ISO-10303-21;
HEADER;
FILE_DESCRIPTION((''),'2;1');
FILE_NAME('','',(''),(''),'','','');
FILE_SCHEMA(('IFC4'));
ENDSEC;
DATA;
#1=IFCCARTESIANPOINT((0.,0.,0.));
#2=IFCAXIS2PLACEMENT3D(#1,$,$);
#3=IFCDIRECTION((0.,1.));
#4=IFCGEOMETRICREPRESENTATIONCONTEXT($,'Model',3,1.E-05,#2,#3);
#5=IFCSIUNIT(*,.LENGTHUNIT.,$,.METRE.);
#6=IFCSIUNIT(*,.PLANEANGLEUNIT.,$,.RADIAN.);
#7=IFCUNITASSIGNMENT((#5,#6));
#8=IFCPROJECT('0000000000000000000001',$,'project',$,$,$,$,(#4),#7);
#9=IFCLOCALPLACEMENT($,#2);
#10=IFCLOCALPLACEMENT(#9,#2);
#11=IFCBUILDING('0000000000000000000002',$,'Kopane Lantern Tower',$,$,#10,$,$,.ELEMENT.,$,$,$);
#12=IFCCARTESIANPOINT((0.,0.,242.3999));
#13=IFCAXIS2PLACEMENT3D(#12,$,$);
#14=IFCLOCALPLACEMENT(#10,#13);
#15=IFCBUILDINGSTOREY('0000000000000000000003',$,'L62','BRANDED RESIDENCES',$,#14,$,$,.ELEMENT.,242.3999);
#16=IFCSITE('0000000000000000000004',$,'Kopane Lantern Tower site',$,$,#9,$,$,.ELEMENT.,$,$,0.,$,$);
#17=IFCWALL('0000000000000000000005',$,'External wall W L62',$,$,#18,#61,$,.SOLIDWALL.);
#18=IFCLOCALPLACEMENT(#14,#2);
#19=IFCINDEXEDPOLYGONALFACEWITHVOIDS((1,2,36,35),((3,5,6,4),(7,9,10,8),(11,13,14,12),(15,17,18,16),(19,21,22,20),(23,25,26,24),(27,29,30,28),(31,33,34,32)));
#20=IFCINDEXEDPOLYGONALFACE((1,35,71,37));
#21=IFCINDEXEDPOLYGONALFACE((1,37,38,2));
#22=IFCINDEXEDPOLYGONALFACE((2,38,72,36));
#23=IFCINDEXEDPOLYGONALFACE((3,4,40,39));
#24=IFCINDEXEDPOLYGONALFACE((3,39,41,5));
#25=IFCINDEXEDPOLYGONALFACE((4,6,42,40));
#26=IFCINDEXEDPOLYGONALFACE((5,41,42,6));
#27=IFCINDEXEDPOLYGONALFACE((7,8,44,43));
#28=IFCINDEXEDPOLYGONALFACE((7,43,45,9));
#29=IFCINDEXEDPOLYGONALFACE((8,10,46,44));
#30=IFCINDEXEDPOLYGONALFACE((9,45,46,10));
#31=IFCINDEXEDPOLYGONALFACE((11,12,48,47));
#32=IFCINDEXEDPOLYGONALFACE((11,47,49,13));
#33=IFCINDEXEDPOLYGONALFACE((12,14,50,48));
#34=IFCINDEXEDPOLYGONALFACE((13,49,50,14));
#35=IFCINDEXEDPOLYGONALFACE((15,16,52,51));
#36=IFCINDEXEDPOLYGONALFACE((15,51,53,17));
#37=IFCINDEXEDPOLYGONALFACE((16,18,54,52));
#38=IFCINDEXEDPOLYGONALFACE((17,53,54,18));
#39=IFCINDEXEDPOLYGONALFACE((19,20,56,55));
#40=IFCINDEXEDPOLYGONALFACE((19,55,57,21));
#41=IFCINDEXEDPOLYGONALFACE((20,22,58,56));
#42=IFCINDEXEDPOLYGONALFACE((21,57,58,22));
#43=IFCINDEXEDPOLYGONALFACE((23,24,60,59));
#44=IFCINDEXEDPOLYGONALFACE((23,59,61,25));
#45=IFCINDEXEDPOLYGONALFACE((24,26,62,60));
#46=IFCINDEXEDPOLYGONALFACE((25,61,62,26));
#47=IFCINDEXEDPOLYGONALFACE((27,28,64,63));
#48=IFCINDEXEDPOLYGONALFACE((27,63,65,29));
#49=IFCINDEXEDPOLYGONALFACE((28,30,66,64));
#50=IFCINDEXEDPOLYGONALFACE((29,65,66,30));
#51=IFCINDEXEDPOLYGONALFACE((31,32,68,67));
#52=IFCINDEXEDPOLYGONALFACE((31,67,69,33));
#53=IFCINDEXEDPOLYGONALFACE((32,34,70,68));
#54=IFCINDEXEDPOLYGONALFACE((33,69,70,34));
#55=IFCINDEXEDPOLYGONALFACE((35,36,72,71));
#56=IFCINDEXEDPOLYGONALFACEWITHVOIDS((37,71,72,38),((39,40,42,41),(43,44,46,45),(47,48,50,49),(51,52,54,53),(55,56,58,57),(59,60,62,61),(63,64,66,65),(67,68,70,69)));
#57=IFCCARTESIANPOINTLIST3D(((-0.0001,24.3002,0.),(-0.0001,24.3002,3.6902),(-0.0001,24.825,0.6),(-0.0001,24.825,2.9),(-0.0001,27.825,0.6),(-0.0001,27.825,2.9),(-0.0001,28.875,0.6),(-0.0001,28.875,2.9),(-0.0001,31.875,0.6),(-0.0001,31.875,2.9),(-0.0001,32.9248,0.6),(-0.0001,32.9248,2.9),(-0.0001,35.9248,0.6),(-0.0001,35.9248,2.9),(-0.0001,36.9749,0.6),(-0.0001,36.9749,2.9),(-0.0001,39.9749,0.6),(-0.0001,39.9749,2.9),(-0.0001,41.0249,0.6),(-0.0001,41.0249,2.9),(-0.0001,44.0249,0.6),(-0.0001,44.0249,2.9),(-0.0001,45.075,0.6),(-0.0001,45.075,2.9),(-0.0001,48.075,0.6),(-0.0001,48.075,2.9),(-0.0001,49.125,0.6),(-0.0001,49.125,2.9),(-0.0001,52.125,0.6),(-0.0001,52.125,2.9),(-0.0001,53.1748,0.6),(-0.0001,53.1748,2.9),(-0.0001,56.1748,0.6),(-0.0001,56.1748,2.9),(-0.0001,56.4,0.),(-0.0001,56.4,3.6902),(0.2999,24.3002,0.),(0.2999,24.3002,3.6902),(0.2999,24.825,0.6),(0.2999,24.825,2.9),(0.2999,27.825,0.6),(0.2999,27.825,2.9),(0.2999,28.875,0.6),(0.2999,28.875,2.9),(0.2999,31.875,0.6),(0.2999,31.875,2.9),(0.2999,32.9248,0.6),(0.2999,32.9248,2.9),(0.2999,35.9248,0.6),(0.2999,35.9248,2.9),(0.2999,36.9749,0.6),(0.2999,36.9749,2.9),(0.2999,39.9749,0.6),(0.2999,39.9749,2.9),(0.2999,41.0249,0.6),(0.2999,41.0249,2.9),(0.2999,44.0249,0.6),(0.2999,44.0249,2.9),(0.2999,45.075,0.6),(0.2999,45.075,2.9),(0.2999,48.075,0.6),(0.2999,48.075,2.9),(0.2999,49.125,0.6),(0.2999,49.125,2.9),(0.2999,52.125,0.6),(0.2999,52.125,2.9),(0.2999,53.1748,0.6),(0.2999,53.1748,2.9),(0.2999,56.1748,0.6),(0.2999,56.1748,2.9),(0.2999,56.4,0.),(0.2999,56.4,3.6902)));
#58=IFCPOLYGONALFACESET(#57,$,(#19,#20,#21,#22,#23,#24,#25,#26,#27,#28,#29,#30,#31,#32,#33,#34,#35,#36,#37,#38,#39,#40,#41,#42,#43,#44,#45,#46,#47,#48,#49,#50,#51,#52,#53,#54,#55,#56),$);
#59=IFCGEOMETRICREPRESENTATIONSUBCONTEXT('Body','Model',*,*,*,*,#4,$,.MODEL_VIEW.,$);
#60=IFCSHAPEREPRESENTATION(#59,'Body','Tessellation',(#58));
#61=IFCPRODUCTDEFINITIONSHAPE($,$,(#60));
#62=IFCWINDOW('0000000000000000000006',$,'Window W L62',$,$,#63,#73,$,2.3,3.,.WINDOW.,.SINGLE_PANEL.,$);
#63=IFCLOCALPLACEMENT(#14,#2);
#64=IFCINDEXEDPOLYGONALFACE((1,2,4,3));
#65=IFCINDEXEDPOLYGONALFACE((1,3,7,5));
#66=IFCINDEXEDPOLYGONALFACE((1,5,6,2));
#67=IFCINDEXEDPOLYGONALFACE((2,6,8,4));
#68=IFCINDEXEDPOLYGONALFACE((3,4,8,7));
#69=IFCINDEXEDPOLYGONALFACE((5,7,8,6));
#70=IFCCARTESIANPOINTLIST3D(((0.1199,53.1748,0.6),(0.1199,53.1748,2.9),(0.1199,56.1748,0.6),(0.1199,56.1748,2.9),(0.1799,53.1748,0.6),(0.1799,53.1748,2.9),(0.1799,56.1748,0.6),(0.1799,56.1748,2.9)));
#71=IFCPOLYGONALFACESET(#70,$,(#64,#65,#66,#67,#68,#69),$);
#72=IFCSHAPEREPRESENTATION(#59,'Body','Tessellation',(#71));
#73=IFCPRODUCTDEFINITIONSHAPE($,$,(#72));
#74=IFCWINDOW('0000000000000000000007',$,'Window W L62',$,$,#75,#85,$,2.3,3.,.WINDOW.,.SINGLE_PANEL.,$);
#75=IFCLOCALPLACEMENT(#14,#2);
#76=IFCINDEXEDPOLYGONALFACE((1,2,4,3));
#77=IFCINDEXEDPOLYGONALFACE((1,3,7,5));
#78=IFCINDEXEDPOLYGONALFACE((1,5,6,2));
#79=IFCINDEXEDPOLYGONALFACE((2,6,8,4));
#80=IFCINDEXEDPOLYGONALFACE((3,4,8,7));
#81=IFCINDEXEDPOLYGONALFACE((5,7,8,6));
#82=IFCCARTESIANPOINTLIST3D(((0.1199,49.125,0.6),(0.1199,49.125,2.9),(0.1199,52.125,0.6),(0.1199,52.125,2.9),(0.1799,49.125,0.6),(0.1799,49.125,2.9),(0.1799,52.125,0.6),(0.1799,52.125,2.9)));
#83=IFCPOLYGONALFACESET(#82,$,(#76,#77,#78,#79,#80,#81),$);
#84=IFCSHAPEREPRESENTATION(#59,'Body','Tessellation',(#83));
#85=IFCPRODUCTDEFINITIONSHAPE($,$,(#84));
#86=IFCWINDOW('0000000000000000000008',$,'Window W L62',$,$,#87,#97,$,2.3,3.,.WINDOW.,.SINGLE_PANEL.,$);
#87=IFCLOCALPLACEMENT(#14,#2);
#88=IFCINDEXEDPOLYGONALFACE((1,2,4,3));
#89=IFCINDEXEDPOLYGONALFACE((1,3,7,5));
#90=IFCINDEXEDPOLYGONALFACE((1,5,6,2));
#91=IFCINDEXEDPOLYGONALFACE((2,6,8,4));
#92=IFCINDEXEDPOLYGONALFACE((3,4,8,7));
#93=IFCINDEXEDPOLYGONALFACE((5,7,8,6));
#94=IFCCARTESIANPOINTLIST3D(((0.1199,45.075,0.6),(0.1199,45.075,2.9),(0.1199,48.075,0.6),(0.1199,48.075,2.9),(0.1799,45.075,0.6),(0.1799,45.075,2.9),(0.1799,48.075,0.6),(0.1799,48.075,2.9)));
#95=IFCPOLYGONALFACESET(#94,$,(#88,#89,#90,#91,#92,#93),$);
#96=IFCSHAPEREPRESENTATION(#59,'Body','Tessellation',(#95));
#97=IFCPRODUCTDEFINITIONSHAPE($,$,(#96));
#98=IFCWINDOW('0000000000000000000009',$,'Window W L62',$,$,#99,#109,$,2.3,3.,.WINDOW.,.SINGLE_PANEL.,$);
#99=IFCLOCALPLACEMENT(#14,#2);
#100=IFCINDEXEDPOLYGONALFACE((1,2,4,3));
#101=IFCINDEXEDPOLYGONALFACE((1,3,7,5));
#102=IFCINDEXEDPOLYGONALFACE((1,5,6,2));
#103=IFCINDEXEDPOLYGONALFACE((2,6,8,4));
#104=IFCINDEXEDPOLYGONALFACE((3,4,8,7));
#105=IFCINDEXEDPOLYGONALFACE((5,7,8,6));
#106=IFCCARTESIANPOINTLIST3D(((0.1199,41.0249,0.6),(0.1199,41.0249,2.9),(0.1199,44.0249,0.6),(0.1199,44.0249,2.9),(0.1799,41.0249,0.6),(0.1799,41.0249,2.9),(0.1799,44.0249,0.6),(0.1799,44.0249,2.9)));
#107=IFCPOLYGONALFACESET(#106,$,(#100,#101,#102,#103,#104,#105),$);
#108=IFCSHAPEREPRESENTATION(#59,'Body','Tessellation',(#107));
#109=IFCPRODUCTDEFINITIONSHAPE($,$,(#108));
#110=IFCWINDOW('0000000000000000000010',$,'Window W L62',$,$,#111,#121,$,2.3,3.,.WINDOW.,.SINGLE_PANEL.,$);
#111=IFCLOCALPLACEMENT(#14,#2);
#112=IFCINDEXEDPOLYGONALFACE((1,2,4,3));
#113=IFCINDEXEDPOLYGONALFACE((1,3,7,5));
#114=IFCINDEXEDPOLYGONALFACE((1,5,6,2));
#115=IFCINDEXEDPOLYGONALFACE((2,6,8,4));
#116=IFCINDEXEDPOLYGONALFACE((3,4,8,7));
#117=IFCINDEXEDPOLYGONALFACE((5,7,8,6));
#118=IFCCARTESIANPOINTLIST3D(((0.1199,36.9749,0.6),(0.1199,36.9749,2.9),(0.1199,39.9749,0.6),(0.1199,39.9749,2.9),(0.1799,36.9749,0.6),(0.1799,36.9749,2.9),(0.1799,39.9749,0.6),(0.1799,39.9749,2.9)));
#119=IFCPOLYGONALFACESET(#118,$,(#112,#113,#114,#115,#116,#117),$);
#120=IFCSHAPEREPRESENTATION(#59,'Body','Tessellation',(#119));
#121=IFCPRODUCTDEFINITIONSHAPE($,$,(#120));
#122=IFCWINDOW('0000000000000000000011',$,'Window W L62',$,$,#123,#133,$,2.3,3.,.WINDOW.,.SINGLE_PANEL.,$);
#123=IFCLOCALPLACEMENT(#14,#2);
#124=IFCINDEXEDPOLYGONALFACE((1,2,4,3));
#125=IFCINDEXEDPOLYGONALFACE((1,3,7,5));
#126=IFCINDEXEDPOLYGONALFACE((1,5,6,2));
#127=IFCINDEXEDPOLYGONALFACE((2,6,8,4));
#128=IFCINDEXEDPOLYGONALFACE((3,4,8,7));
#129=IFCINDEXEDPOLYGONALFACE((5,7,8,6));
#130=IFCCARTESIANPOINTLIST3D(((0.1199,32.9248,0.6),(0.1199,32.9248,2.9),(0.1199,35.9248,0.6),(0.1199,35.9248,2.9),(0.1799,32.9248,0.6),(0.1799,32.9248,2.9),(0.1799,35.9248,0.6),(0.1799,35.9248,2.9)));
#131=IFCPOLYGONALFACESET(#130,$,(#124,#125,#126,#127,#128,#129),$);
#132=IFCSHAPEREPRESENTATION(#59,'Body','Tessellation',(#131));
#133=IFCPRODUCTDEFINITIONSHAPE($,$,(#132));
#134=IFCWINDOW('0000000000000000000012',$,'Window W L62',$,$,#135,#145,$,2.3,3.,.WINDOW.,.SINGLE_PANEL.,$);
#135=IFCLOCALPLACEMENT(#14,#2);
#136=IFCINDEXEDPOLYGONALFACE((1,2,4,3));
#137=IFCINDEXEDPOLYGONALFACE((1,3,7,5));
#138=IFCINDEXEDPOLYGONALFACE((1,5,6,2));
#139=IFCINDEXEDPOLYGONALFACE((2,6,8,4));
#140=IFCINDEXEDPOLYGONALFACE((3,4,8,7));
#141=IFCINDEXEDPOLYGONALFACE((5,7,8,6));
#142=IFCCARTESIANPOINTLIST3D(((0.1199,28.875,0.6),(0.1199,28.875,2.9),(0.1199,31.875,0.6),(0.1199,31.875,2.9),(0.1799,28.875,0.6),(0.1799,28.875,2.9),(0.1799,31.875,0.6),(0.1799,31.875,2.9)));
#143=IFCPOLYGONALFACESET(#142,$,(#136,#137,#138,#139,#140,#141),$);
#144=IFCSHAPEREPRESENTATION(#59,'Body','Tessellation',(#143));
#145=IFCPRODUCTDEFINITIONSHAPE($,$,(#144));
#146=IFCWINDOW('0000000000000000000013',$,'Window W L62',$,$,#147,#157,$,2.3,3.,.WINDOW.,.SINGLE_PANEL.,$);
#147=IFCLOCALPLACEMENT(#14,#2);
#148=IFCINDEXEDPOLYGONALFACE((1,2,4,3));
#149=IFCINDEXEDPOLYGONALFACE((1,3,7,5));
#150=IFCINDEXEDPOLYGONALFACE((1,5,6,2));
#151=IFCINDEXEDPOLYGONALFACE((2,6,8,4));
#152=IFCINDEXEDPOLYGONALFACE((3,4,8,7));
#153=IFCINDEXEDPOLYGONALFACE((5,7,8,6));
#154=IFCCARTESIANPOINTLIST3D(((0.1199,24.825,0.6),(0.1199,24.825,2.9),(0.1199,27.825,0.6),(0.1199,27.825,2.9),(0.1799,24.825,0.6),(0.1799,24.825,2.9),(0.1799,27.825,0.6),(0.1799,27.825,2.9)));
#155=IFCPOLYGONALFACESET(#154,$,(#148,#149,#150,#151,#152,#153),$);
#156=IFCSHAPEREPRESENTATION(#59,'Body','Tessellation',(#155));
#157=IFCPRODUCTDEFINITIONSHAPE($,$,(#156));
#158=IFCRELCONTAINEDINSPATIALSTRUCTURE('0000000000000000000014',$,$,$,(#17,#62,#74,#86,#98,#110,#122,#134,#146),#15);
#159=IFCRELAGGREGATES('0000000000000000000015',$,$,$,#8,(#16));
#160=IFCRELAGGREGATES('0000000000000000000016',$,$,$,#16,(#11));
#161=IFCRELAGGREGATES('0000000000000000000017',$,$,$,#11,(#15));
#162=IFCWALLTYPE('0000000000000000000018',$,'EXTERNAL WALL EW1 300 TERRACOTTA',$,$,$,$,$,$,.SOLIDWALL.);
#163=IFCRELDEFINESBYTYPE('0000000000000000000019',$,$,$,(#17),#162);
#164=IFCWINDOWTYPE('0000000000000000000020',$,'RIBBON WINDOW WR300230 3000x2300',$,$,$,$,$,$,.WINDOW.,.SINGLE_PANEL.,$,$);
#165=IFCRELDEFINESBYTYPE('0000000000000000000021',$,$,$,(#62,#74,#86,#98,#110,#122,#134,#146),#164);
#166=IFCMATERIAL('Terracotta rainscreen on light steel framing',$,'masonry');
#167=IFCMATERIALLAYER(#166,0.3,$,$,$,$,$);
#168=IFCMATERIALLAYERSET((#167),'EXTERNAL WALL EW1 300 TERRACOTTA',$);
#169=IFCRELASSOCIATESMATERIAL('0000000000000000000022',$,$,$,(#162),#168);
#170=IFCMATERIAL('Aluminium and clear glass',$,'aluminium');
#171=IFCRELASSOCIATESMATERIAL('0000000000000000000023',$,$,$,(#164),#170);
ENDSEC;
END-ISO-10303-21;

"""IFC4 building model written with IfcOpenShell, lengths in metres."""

from ifc_helpers import new_model, si_unit, direction, frame, frame_2d, origin, place, context, subcontext, project, spatial, rectangle, extrude, material, layer, layer_set, type_object, element, fill, save


model = new_model("IFC4")

# Units and contexts
model_context = context("Model", 3, precision=1e-05, world=origin(), true_north=direction((0.0, 1.0)))
body_context = subcontext(model_context, "Body", "Model", "MODEL_VIEW")
ifc_project = project(units=[si_unit("LENGTHUNIT", "METRE"), si_unit("PLANEANGLEUNIT", "RADIAN")], contexts=[model_context])

# Site, building, storey
site_placement = place(None, origin())
site = spatial("IfcSite", under=ifc_project, at=site_placement, Name="Kopane Lantern Tower site", CompositionType="ELEMENT", RefElevation=0.0)
building_placement = place(site_placement, origin())
building = spatial("IfcBuilding", under=site, at=building_placement, Name="Kopane Lantern Tower", CompositionType="ELEMENT")
storey_placement = place(building_placement, frame((0.0, 0.0, 242.3999)))
storey = spatial("IfcBuildingStorey", under=building, at=storey_placement, Name="L62", Description="BRANDED RESIDENCES", CompositionType="ELEMENT", Elevation=242.3999)

# Shared definitions
ifc_material_1 = material(Name="Terracotta rainscreen on light steel framing", Category="masonry")
ifc_layer = layer(ifc_material_1, 0.3)
ifc_layer_set = layer_set([ifc_layer], Name="EXTERNAL WALL EW1 300 TERRACOTTA")
wall_type = type_object("IfcWallType", Name="EXTERNAL WALL EW1 300 TERRACOTTA", PredefinedType="SOLIDWALL", material=ifc_layer_set)
ifc_material_2 = material(Name="Aluminium and clear glass", Category="aluminium")
window_type = type_object("IfcWindowType", Name="RIBBON WINDOW WR300230 3000x2300", PartitioningType="SINGLE_PANEL", PredefinedType="WINDOW", material=ifc_material_2)

# Wall, openings, windows
wall_1_placement = place(storey_placement, frame((0.1499, 56.3999, 0.0), z_axis=(0.0, 0.0, 1.0), x_axis=(0.0, -1.0, 0.0)))
wall_1 = element("IfcWall", 1, at=wall_1_placement, inside=storey, type_object=wall_type, Name="External wall W L62", PredefinedType="SOLIDWALL", context=body_context, shape_type="SweptSolid", body=[
    extrude(rectangle(XDim=32.0999, YDim=0.3, at=frame_2d((16.0498, 0.0))), origin(), (0.0, 0.0, 1.0), 3.6902),
])
opening_1_placement = place(wall_1_placement, frame((0.2251, 0.0, 0.6001)))
opening_1 = element("IfcOpeningElement", 2, at=opening_1_placement, cuts=wall_1, PredefinedType="OPENING", context=body_context, shape_type="SweptSolid", body=[
    extrude(rectangle(XDim=3.0, YDim=2.3, at=frame_2d((1.5, 1.1499))), frame((0.0, 0.1599, 0.0), z_axis=(0.0, -1.0, 0.0), x_axis=(1.0, 0.0, 0.0)), (0.0, 0.0, 1.0), 0.3201),
])
opening_2_placement = place(wall_1_placement, frame((4.2749, 0.0, 0.6001)))
opening_2 = element("IfcOpeningElement", 3, at=opening_2_placement, cuts=wall_1, PredefinedType="OPENING", context=body_context, shape_type="SweptSolid", body=[
    extrude(rectangle(XDim=3.0, YDim=2.3, at=frame_2d((1.5, 1.1499))), frame((0.0, 0.1599, 0.0), z_axis=(0.0, -1.0, 0.0), x_axis=(1.0, 0.0, 0.0)), (0.0, 0.0, 1.0), 0.3201),
])
opening_3_placement = place(wall_1_placement, frame((8.325, 0.0, 0.6001)))
opening_3 = element("IfcOpeningElement", 4, at=opening_3_placement, cuts=wall_1, PredefinedType="OPENING", context=body_context, shape_type="SweptSolid", body=[
    extrude(rectangle(XDim=3.0, YDim=2.3, at=frame_2d((1.5, 1.1499))), frame((0.0, 0.1599, 0.0), z_axis=(0.0, -1.0, 0.0), x_axis=(1.0, 0.0, 0.0)), (0.0, 0.0, 1.0), 0.3201),
])
opening_4_placement = place(wall_1_placement, frame((12.375, 0.0, 0.6001)))
opening_4 = element("IfcOpeningElement", 5, at=opening_4_placement, cuts=wall_1, PredefinedType="OPENING", context=body_context, shape_type="SweptSolid", body=[
    extrude(rectangle(XDim=3.0, YDim=2.3, at=frame_2d((1.5, 1.1499))), frame((0.0, 0.1599, 0.0), z_axis=(0.0, -1.0, 0.0), x_axis=(1.0, 0.0, 0.0)), (0.0, 0.0, 1.0), 0.3201),
])
opening_5_placement = place(wall_1_placement, frame((16.425, 0.0, 0.6001)))
opening_5 = element("IfcOpeningElement", 6, at=opening_5_placement, cuts=wall_1, PredefinedType="OPENING", context=body_context, shape_type="SweptSolid", body=[
    extrude(rectangle(XDim=3.0, YDim=2.3, at=frame_2d((1.5, 1.1499))), frame((0.0, 0.1599, 0.0), z_axis=(0.0, -1.0, 0.0), x_axis=(1.0, 0.0, 0.0)), (0.0, 0.0, 1.0), 0.3201),
])
opening_6_placement = place(wall_1_placement, frame((20.4751, 0.0, 0.6001)))
opening_6 = element("IfcOpeningElement", 7, at=opening_6_placement, cuts=wall_1, PredefinedType="OPENING", context=body_context, shape_type="SweptSolid", body=[
    extrude(rectangle(XDim=3.0, YDim=2.3, at=frame_2d((1.5, 1.1499))), frame((0.0, 0.1599, 0.0), z_axis=(0.0, -1.0, 0.0), x_axis=(1.0, 0.0, 0.0)), (0.0, 0.0, 1.0), 0.3201),
])
opening_7_placement = place(wall_1_placement, frame((24.5249, 0.0, 0.6001)))
opening_7 = element("IfcOpeningElement", 8, at=opening_7_placement, cuts=wall_1, PredefinedType="OPENING", context=body_context, shape_type="SweptSolid", body=[
    extrude(rectangle(XDim=3.0, YDim=2.3, at=frame_2d((1.5, 1.1499))), frame((0.0, 0.1599, 0.0), z_axis=(0.0, -1.0, 0.0), x_axis=(1.0, 0.0, 0.0)), (0.0, 0.0, 1.0), 0.3201),
])
opening_8_placement = place(wall_1_placement, frame((28.575, 0.0, 0.6001)))
opening_8 = element("IfcOpeningElement", 9, at=opening_8_placement, cuts=wall_1, PredefinedType="OPENING", context=body_context, shape_type="SweptSolid", body=[
    extrude(rectangle(XDim=3.0, YDim=2.3, at=frame_2d((1.5, 1.1499))), frame((0.0, 0.1599, 0.0), z_axis=(0.0, -1.0, 0.0), x_axis=(1.0, 0.0, 0.0)), (0.0, 0.0, 1.0), 0.3201),
])
window_1_placement = place(opening_1_placement, origin())
window_1 = element("IfcWindow", 10, at=window_1_placement, inside=storey, type_object=window_type, Name="Window W L62", OverallHeight=2.3, OverallWidth=3.0, PartitioningType="SINGLE_PANEL", PredefinedType="WINDOW", context=body_context, shape_type="SweptSolid", body=[
    extrude(rectangle(XDim=3.0, YDim=2.3, at=frame_2d((1.5, 1.1499))), frame((0.0, 0.03, 0.0), z_axis=(0.0, -1.0, 0.0), x_axis=(1.0, 0.0, 0.0)), (0.0, 0.0, 1.0), 0.0601),
])
fill(opening_1, window_1)
window_2_placement = place(opening_2_placement, origin())
window_2 = element("IfcWindow", 11, at=window_2_placement, inside=storey, type_object=window_type, Name="Window W L62", OverallHeight=2.3, OverallWidth=3.0, PartitioningType="SINGLE_PANEL", PredefinedType="WINDOW", context=body_context, shape_type="SweptSolid", body=[
    extrude(rectangle(XDim=3.0, YDim=2.3, at=frame_2d((1.5, 1.1499))), frame((0.0, 0.03, 0.0), z_axis=(0.0, -1.0, 0.0), x_axis=(1.0, 0.0, 0.0)), (0.0, 0.0, 1.0), 0.0601),
])
fill(opening_2, window_2)
window_3_placement = place(opening_3_placement, origin())
window_3 = element("IfcWindow", 12, at=window_3_placement, inside=storey, type_object=window_type, Name="Window W L62", OverallHeight=2.3, OverallWidth=3.0, PartitioningType="SINGLE_PANEL", PredefinedType="WINDOW", context=body_context, shape_type="SweptSolid", body=[
    extrude(rectangle(XDim=3.0, YDim=2.3, at=frame_2d((1.5, 1.1499))), frame((0.0, 0.03, 0.0), z_axis=(0.0, -1.0, 0.0), x_axis=(1.0, 0.0, 0.0)), (0.0, 0.0, 1.0), 0.0601),
])
fill(opening_3, window_3)
window_4_placement = place(opening_4_placement, origin())
window_4 = element("IfcWindow", 13, at=window_4_placement, inside=storey, type_object=window_type, Name="Window W L62", OverallHeight=2.3, OverallWidth=3.0, PartitioningType="SINGLE_PANEL", PredefinedType="WINDOW", context=body_context, shape_type="SweptSolid", body=[
    extrude(rectangle(XDim=3.0, YDim=2.3, at=frame_2d((1.5, 1.1499))), frame((0.0, 0.03, 0.0), z_axis=(0.0, -1.0, 0.0), x_axis=(1.0, 0.0, 0.0)), (0.0, 0.0, 1.0), 0.0601),
])
fill(opening_4, window_4)
window_5_placement = place(opening_5_placement, origin())
window_5 = element("IfcWindow", 14, at=window_5_placement, inside=storey, type_object=window_type, Name="Window W L62", OverallHeight=2.3, OverallWidth=3.0, PartitioningType="SINGLE_PANEL", PredefinedType="WINDOW", context=body_context, shape_type="SweptSolid", body=[
    extrude(rectangle(XDim=3.0, YDim=2.3, at=frame_2d((1.5, 1.1499))), frame((0.0, 0.03, 0.0), z_axis=(0.0, -1.0, 0.0), x_axis=(1.0, 0.0, 0.0)), (0.0, 0.0, 1.0), 0.0601),
])
fill(opening_5, window_5)
window_6_placement = place(opening_6_placement, origin())
window_6 = element("IfcWindow", 15, at=window_6_placement, inside=storey, type_object=window_type, Name="Window W L62", OverallHeight=2.3, OverallWidth=3.0, PartitioningType="SINGLE_PANEL", PredefinedType="WINDOW", context=body_context, shape_type="SweptSolid", body=[
    extrude(rectangle(XDim=3.0, YDim=2.3, at=frame_2d((1.5, 1.1499))), frame((0.0, 0.03, 0.0), z_axis=(0.0, -1.0, 0.0), x_axis=(1.0, 0.0, 0.0)), (0.0, 0.0, 1.0), 0.0601),
])
fill(opening_6, window_6)
window_7_placement = place(opening_7_placement, origin())
window_7 = element("IfcWindow", 16, at=window_7_placement, inside=storey, type_object=window_type, Name="Window W L62", OverallHeight=2.3, OverallWidth=3.0, PartitioningType="SINGLE_PANEL", PredefinedType="WINDOW", context=body_context, shape_type="SweptSolid", body=[
    extrude(rectangle(XDim=3.0, YDim=2.3, at=frame_2d((1.5, 1.1499))), frame((0.0, 0.03, 0.0), z_axis=(0.0, -1.0, 0.0), x_axis=(1.0, 0.0, 0.0)), (0.0, 0.0, 1.0), 0.0601),
])
fill(opening_7, window_7)
window_8_placement = place(opening_8_placement, origin())
window_8 = element("IfcWindow", 17, at=window_8_placement, inside=storey, type_object=window_type, Name="Window W L62", OverallHeight=2.3, OverallWidth=3.0, PartitioningType="SINGLE_PANEL", PredefinedType="WINDOW", context=body_context, shape_type="SweptSolid", body=[
    extrude(rectangle(XDim=3.0, YDim=2.3, at=frame_2d((1.5, 1.1499))), frame((0.0, 0.03, 0.0), z_axis=(0.0, -1.0, 0.0), x_axis=(1.0, 0.0, 0.0)), (0.0, 0.0, 1.0), 0.0601),
])
fill(opening_8, window_8)

save(model, "model.ifc")
